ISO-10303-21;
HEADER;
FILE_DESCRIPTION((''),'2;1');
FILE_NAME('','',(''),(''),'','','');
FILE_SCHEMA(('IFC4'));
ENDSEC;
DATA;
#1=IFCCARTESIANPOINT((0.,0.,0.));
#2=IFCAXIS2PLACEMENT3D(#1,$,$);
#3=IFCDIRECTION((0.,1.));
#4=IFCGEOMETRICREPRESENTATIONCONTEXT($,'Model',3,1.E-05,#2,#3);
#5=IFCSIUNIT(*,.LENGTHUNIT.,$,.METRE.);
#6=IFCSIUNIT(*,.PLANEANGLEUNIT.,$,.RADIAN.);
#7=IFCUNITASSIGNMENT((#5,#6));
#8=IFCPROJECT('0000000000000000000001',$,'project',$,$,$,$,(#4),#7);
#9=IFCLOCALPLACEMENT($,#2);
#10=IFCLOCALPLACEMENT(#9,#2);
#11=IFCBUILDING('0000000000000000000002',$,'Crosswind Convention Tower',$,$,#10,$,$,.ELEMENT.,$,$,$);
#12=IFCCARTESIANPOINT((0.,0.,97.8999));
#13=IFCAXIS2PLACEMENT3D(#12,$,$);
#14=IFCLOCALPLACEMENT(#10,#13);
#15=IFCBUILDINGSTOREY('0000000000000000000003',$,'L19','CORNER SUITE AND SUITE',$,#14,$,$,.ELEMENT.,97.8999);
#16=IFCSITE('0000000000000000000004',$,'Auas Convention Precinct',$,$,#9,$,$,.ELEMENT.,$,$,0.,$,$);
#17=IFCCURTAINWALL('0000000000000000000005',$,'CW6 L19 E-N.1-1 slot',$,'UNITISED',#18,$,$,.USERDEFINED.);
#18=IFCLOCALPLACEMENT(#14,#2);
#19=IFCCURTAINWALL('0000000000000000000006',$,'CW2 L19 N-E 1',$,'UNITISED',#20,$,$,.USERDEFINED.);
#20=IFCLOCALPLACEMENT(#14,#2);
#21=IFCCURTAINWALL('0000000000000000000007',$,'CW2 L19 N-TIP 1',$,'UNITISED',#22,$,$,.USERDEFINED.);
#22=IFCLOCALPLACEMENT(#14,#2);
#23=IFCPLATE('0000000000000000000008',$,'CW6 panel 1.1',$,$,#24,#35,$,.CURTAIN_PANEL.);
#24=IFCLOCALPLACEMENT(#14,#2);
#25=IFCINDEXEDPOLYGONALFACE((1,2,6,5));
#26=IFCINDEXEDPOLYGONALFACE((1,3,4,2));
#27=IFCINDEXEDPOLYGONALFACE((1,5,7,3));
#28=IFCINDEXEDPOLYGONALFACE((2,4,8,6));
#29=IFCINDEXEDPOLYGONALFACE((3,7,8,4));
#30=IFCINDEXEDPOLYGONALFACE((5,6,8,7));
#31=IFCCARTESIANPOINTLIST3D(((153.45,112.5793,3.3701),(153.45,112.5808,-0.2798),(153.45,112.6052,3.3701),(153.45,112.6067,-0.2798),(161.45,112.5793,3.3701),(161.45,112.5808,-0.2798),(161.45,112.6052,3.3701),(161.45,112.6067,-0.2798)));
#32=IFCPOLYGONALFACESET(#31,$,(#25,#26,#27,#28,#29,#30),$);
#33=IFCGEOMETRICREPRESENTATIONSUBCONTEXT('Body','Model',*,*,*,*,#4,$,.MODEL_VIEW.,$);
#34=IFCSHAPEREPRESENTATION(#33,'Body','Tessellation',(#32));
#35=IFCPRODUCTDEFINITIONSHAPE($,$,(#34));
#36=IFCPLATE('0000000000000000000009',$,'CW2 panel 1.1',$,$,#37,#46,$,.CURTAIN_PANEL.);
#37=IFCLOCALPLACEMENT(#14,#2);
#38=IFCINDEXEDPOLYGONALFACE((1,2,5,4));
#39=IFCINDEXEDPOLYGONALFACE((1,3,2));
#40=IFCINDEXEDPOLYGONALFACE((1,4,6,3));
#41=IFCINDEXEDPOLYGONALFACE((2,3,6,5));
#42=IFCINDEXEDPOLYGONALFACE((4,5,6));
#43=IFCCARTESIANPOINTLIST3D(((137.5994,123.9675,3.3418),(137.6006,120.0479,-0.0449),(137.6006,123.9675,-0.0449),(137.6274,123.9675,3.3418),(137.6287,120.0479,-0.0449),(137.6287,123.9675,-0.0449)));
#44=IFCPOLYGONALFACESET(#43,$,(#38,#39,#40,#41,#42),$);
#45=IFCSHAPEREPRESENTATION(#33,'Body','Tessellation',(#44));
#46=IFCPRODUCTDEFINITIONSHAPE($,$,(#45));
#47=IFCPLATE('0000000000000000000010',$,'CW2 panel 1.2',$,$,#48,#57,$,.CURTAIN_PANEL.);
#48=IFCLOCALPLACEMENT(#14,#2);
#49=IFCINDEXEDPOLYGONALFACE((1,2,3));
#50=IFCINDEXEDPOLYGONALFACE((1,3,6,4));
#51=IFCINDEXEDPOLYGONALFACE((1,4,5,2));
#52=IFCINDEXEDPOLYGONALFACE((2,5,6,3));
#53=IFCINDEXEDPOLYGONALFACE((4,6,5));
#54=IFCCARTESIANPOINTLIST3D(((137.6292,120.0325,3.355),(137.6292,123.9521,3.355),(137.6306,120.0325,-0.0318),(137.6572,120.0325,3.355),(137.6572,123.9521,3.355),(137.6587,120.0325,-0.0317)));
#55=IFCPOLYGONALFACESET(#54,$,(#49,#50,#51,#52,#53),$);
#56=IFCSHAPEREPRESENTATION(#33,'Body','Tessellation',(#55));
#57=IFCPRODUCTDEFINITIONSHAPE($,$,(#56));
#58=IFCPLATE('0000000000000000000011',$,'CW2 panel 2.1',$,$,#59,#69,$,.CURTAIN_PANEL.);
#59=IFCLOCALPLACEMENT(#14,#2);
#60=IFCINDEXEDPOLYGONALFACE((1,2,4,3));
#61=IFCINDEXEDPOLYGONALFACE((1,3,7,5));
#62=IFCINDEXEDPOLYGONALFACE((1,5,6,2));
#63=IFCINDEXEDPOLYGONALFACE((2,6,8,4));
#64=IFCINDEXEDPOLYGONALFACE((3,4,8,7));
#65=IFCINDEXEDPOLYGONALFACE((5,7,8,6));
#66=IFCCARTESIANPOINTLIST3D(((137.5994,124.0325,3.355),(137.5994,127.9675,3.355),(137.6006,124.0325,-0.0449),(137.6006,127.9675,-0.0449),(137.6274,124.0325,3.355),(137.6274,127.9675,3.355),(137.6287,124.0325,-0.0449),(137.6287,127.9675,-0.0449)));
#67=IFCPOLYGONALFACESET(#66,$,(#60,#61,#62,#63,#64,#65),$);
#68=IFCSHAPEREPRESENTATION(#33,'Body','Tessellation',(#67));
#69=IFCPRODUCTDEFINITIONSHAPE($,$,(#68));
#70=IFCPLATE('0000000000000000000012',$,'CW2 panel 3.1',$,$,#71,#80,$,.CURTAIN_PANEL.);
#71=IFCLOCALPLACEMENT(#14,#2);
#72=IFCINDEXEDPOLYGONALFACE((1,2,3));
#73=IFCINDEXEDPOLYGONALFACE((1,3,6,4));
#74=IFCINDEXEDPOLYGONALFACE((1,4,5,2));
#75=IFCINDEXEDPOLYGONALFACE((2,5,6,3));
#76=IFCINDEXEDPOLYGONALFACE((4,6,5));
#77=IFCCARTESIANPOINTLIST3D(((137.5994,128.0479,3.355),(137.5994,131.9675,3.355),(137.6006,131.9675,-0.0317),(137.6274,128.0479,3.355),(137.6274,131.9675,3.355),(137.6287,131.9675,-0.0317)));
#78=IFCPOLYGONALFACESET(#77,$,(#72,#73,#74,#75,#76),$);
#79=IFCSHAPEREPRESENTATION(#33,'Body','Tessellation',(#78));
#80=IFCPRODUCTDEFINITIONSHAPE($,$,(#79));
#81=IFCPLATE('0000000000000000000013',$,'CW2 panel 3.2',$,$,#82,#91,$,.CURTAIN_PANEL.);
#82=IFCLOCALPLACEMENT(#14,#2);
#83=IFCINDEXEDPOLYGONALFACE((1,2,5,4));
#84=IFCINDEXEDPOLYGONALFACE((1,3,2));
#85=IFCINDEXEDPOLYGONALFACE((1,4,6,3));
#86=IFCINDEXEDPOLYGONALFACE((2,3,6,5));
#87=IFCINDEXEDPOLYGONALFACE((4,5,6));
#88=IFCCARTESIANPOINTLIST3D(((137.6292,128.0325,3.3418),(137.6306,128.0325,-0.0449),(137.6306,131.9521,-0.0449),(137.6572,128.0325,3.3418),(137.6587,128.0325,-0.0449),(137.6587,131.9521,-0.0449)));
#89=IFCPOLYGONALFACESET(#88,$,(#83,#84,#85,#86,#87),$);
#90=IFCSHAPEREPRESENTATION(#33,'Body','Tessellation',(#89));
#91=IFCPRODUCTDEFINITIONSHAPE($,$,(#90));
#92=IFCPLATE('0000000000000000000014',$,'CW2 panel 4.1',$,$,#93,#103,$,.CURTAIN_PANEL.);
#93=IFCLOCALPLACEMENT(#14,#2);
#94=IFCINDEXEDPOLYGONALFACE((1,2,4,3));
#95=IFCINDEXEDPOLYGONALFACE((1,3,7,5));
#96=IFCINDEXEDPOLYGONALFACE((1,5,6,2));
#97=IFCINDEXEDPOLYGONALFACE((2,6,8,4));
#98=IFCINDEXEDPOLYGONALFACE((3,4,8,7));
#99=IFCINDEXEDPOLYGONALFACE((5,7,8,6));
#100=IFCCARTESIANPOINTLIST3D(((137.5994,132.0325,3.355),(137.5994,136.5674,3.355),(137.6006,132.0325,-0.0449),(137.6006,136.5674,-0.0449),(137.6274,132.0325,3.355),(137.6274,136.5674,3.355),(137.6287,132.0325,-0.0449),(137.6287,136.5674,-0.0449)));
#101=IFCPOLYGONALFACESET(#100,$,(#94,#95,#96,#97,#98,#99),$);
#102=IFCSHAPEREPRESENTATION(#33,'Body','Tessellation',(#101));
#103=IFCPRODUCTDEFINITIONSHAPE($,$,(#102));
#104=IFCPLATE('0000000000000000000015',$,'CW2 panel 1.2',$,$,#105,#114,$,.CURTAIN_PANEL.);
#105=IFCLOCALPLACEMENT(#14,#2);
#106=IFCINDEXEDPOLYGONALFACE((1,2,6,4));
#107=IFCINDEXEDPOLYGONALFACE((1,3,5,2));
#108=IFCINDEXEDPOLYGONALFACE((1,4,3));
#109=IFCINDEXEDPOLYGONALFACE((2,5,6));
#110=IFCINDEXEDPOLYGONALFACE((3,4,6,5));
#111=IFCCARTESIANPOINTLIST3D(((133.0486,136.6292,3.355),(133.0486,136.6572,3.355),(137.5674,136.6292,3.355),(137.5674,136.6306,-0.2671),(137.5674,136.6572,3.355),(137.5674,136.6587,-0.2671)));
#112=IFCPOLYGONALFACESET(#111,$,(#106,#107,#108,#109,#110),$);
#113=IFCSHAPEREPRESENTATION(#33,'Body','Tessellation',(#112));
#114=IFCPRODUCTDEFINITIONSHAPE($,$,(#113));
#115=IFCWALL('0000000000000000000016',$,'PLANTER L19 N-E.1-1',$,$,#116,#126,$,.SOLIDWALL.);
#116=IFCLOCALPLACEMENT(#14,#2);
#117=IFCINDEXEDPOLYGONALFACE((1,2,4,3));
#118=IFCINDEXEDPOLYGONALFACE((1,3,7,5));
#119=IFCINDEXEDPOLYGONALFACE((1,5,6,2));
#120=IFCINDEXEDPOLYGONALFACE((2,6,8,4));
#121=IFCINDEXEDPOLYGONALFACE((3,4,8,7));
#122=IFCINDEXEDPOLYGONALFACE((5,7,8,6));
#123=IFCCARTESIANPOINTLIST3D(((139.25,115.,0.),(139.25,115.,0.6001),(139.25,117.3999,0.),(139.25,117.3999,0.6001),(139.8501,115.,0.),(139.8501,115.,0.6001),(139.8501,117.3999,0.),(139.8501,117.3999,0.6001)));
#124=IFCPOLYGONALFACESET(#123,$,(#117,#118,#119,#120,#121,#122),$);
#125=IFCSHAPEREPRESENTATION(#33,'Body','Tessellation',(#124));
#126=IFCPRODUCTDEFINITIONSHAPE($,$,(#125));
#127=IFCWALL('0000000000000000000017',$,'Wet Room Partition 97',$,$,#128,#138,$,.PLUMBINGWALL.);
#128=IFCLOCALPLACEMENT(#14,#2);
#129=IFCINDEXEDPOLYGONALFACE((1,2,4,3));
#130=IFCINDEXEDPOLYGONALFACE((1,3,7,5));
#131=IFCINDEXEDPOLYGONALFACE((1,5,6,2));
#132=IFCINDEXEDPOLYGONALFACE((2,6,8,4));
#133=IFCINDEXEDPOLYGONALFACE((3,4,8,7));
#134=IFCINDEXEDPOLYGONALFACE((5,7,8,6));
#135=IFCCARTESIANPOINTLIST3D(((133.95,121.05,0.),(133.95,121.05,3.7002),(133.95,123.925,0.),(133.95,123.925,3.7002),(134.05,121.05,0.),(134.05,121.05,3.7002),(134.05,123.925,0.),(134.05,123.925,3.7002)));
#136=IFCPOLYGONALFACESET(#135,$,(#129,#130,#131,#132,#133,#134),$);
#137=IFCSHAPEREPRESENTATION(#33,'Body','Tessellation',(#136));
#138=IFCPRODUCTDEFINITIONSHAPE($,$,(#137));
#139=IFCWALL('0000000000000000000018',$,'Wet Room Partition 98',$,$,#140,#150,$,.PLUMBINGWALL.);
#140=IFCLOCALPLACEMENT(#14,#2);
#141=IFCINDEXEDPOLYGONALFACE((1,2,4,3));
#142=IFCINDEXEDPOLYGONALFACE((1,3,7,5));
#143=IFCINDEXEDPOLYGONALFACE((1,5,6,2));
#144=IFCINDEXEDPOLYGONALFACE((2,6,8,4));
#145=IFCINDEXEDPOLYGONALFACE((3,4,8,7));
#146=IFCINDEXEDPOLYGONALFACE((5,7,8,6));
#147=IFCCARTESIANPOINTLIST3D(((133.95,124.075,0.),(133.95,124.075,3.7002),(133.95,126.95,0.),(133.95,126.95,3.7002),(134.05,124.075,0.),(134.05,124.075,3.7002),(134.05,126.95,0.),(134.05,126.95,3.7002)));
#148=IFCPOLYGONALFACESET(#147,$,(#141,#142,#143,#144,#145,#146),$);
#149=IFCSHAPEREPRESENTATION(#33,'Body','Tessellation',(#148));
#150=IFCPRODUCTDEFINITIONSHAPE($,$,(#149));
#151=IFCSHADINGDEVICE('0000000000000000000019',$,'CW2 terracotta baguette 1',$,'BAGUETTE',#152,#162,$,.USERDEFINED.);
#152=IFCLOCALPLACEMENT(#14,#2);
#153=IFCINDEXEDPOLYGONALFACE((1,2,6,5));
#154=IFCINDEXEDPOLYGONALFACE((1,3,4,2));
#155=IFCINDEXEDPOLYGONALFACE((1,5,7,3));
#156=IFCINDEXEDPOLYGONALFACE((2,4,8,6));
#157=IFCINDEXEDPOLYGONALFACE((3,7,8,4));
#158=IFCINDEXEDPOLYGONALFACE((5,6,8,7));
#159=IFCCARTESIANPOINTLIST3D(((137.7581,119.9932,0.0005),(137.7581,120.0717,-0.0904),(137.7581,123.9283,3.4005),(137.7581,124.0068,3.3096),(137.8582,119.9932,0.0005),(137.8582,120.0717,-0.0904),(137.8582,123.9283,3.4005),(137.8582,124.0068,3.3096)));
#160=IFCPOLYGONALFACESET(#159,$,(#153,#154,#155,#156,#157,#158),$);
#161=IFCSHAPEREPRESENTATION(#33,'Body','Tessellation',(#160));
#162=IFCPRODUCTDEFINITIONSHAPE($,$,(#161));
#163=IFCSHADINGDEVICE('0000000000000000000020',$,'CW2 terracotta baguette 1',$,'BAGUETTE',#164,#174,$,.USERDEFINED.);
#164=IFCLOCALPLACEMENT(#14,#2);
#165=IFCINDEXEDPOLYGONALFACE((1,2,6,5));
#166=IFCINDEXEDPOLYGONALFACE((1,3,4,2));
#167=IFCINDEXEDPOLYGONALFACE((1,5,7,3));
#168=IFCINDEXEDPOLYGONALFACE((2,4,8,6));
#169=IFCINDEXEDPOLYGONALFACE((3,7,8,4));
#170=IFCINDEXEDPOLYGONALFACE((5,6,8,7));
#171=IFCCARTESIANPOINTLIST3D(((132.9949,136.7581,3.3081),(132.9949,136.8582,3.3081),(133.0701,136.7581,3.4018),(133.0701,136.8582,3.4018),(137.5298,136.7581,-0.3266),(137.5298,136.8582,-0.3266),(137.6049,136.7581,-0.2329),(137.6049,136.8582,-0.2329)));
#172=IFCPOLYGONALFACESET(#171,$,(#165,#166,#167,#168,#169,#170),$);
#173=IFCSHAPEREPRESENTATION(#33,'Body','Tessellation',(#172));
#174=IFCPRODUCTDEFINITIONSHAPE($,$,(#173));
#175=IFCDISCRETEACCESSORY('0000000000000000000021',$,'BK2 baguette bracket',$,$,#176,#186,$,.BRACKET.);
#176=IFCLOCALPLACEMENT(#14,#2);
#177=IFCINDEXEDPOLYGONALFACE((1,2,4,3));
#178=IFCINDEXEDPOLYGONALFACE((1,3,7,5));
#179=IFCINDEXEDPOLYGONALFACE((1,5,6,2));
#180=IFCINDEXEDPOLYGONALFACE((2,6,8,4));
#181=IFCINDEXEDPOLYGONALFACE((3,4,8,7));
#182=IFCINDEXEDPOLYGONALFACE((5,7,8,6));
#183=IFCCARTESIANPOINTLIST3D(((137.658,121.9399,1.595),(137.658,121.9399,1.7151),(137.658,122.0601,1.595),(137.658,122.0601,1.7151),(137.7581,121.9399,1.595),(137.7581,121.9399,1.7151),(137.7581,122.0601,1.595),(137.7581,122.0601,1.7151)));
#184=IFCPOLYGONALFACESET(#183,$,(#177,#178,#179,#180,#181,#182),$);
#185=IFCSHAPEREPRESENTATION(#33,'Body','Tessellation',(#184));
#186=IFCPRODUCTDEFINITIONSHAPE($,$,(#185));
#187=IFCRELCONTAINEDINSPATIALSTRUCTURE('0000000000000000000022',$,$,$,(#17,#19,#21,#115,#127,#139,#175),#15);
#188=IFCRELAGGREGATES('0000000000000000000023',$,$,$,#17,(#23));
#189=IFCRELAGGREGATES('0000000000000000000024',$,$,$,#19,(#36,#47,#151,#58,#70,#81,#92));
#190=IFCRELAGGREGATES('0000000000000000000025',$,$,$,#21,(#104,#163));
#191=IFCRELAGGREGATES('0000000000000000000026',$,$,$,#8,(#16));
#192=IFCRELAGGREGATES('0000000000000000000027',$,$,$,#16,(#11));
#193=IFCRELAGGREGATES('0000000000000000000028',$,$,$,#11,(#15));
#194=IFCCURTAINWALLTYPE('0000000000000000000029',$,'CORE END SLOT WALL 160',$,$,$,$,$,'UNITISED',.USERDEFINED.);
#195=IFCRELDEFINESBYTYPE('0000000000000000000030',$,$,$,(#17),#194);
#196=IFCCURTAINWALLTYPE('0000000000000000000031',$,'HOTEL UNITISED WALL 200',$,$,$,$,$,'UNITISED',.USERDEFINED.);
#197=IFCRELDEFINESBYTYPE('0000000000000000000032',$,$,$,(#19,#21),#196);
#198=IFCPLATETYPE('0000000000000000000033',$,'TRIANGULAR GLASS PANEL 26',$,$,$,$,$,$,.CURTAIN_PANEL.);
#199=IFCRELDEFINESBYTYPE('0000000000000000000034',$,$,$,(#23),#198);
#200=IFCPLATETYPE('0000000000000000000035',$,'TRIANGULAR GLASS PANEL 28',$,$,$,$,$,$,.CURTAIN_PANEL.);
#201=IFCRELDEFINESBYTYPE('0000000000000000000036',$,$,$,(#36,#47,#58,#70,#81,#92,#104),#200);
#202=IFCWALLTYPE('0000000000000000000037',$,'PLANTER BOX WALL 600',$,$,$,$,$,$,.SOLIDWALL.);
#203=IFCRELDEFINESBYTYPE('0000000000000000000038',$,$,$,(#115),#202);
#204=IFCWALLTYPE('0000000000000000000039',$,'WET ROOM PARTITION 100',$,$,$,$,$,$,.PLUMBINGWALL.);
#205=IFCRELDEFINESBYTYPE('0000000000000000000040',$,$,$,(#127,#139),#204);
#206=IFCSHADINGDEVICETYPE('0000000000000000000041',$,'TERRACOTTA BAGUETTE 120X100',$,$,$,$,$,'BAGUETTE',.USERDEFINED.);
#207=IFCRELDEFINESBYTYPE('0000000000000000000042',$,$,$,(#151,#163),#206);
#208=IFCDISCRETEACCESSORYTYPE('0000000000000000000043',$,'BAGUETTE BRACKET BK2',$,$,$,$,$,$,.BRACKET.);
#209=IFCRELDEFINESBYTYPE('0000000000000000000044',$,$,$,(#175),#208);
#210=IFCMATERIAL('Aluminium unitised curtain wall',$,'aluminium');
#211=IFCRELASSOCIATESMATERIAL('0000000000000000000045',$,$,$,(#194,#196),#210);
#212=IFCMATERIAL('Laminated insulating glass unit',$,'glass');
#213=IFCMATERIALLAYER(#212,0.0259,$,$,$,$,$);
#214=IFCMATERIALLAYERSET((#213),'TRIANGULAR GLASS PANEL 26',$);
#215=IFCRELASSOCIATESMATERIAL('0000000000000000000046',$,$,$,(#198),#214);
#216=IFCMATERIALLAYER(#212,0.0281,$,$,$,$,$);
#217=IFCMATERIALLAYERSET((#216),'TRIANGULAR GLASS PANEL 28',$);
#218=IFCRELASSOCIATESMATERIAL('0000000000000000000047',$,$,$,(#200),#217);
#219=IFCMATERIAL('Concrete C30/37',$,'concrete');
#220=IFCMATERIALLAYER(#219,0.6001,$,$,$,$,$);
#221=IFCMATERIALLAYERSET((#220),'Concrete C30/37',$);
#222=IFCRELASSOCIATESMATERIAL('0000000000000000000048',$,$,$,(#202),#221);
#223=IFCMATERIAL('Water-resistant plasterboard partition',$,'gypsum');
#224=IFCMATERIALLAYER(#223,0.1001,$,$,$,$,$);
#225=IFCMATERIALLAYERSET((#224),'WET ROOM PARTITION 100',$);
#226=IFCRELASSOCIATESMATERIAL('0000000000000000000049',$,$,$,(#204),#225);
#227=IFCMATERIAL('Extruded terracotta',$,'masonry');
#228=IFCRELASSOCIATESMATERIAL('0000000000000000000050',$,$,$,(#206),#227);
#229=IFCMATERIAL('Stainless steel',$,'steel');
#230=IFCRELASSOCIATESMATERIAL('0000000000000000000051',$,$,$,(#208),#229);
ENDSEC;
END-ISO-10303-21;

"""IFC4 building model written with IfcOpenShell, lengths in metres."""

from ifc_helpers import new_model, si_unit, direction, frame, frame_2d, origin, origin_2d, place, context, subcontext, project, spatial, polyline, rectangle, outline, extrude, material, layer, layer_set, material_profile, profile_set, type_object, element, aggregate, save


model = new_model("IFC4")

# Units and contexts
model_context = context("Model", 3, precision=1e-05, world=origin(), true_north=direction((0.0, 1.0)))
body_context = subcontext(model_context, "Body", "Model", "MODEL_VIEW")
ifc_project = project(units=[si_unit("LENGTHUNIT", "METRE"), si_unit("PLANEANGLEUNIT", "RADIAN")], contexts=[model_context])

# Site, building, storey
site_placement = place(None, origin())
site = spatial("IfcSite", under=ifc_project, at=site_placement, Name="Auas Convention Precinct", CompositionType="ELEMENT", RefElevation=0.0)
building_placement = place(site_placement, origin())
building = spatial("IfcBuilding", under=site, at=building_placement, Name="Crosswind Convention Tower", CompositionType="ELEMENT")
storey_placement = place(building_placement, frame((0.0, 0.0, 97.8999)))
storey = spatial("IfcBuildingStorey", under=building, at=storey_placement, Name="L19", Description="CORNER SUITE AND SUITE", CompositionType="ELEMENT", Elevation=97.8999)

# Curtain wall
ifc_material_1 = material(Name="Aluminium unitised curtain wall", Category="aluminium")
curtain_wall_type_1 = type_object("IfcCurtainWallType", Name="CORE END SLOT WALL 160", ElementType="UNITISED", PredefinedType="USERDEFINED", material=ifc_material_1)
curtain_wall_1_placement = place(storey_placement, origin())
curtain_wall_1 = element("IfcCurtainWall", 1, at=curtain_wall_1_placement, inside=storey, type_object=curtain_wall_type_1, Name="CW6 L19 E-N.1-1 slot", ObjectType="UNITISED", PredefinedType="USERDEFINED")
curtain_wall_type_2 = type_object("IfcCurtainWallType", Name="HOTEL UNITISED WALL 200", ElementType="UNITISED", PredefinedType="USERDEFINED", material=ifc_material_1)

# Curtain wall
curtain_wall_2_placement = place(storey_placement, origin())
curtain_wall_2 = element("IfcCurtainWall", 2, at=curtain_wall_2_placement, inside=storey, type_object=curtain_wall_type_2, Name="CW2 L19 N-E 1", ObjectType="UNITISED", PredefinedType="USERDEFINED")

# Curtain wall
curtain_wall_3_placement = place(storey_placement, origin())
curtain_wall_3 = element("IfcCurtainWall", 3, at=curtain_wall_3_placement, inside=storey, type_object=curtain_wall_type_2, Name="CW2 L19 N-TIP 1", ObjectType="UNITISED", PredefinedType="USERDEFINED")

# Plates
ifc_material_2 = material(Name="Laminated insulating glass unit", Category="glass")
ifc_layer_1 = layer(ifc_material_2, 0.0259)
ifc_layer_set_1 = layer_set([ifc_layer_1], Name="TRIANGULAR GLASS PANEL 26")
plate_type_1 = type_object("IfcPlateType", Name="TRIANGULAR GLASS PANEL 26", PredefinedType="CURTAIN_PANEL", material=ifc_layer_set_1)
plate_1_placement = place(storey_placement, frame((161.45, 112.6067, -0.2798), z_axis=(0.0, 1.0, 0.000401), x_axis=(-1.0, 0.0, 0.0)))
plate_1 = element("IfcPlate", 4, at=plate_1_placement, type_object=plate_type_1, Name="CW6 panel 1.1", PredefinedType="CURTAIN_PANEL", context=body_context, shape_type="SweptSolid", body=[
    extrude(outline(polyline([(0.0, 0.0), (8.0, 0.0), (8.0, 3.6499), (0.0, 3.6499), (0.0, 0.0)])), origin(), (0.0, 0.0, -1.0), 0.0259),
])
aggregate(curtain_wall_1, [plate_1])
ifc_layer_2 = layer(ifc_material_2, 0.0281)
ifc_layer_set_2 = layer_set([ifc_layer_2], Name="TRIANGULAR GLASS PANEL 28")
plate_type_2 = type_object("IfcPlateType", Name="TRIANGULAR GLASS PANEL 28", PredefinedType="CURTAIN_PANEL", material=ifc_layer_set_2)
plate_2_placement = place(storey_placement, frame((137.6287, 123.9675, -0.0449), z_axis=(1.0, 0.0, 0.00036), x_axis=(-0.00036, 0.0, 1.0)))
plate_2 = element("IfcPlate", 5, at=plate_2_placement, type_object=plate_type_2, Name="CW2 panel 1.1", PredefinedType="CURTAIN_PANEL", context=body_context, shape_type="SweptSolid", body=[
    extrude(outline(polyline([(0.0, 0.0), (3.3867, 0.0), (0.0, 3.9197), (0.0, 0.0)])), origin(), (0.0, 0.0, -1.0), 0.0281),
])
plate_3_placement = place(storey_placement, frame((137.6572, 120.0325, 3.355), z_axis=(1.0, 0.0, 0.000433), x_axis=(0.000433, 0.0, -1.0)))
plate_3 = element("IfcPlate", 6, at=plate_3_placement, type_object=plate_type_2, Name="CW2 panel 1.2", PredefinedType="CURTAIN_PANEL", context=body_context, shape_type="SweptSolid", body=[
    extrude(outline(polyline([(0.0, 0.0), (3.3867, 0.0), (0.0, 3.9197), (0.0, 0.0)])), origin(), (0.0, 0.0, -1.0), 0.0281),
])
plate_4_placement = place(storey_placement, frame((137.6287, 124.0325, -0.0449), z_axis=(1.0, 0.0, 0.000359), x_axis=(0.0, 1.0, 0.0)))
plate_4 = element("IfcPlate", 7, at=plate_4_placement, type_object=plate_type_2, Name="CW2 panel 2.1", PredefinedType="CURTAIN_PANEL", context=body_context, shape_type="SweptSolid", body=[
    extrude(outline(polyline([(0.0, 0.0), (3.9351, 0.0), (3.9351, 3.3999), (0.0, 3.3999), (0.0, 0.0)])), origin(), (0.0, 0.0, -1.0), 0.0281),
])
plate_5_placement = place(storey_placement, frame((137.6274, 131.9675, 3.355), z_axis=(1.0, 0.0, 0.00036), x_axis=(0.0, -1.0, 0.0)))
plate_5 = element("IfcPlate", 8, at=plate_5_placement, type_object=plate_type_2, Name="CW2 panel 3.1", PredefinedType="CURTAIN_PANEL", context=body_context, shape_type="SweptSolid", body=[
    extrude(outline(polyline([(0.0, 0.0), (3.9197, 0.0), (0.0, 3.3867), (0.0, 0.0)])), origin(), (0.0, 0.0, -1.0), 0.0281),
])
plate_6_placement = place(storey_placement, frame((137.6587, 128.0325, -0.0449), z_axis=(1.0, 0.0, 0.000433), x_axis=(0.0, 1.0, 0.0)))
plate_6 = element("IfcPlate", 9, at=plate_6_placement, type_object=plate_type_2, Name="CW2 panel 3.2", PredefinedType="CURTAIN_PANEL", context=body_context, shape_type="SweptSolid", body=[
    extrude(outline(polyline([(0.0, 0.0), (3.9197, 0.0), (0.0, 3.3867), (0.0, 0.0)])), origin(), (0.0, 0.0, -1.0), 0.0281),
])
plate_7_placement = place(storey_placement, frame((137.6287, 132.0325, -0.0449), z_axis=(1.0, 0.0, 0.000359), x_axis=(0.0, 1.0, 0.0)))
plate_7 = element("IfcPlate", 10, at=plate_7_placement, type_object=plate_type_2, Name="CW2 panel 4.1", PredefinedType="CURTAIN_PANEL", context=body_context, shape_type="SweptSolid", body=[
    extrude(outline(polyline([(0.0, 0.0), (4.5349, 0.0), (4.5349, 3.3999), (0.0, 3.3999), (0.0, 0.0)])), origin(), (0.0, 0.0, -1.0), 0.0281),
])
plate_8_placement = place(storey_placement, frame((137.5674, 136.6572, 3.355), z_axis=(0.0, 1.0, 0.000404), x_axis=(0.0, 0.000404, -1.0)))
plate_8 = element("IfcPlate", 11, at=plate_8_placement, type_object=plate_type_2, Name="CW2 panel 1.2", PredefinedType="CURTAIN_PANEL", context=body_context, shape_type="SweptSolid", body=[
    extrude(outline(polyline([(0.0, 0.0), (3.6221, 0.0), (0.0, 4.5188), (0.0, 0.0)])), origin(), (0.0, 0.0, -1.0), 0.0281),
])

# Walls
ifc_material_3 = material(Name="Concrete C30/37", Category="concrete")
ifc_layer_3 = layer(ifc_material_3, 0.6001)
ifc_layer_set_3 = layer_set([ifc_layer_3], Name="Concrete C30/37")
wall_type_1 = type_object("IfcWallType", Name="PLANTER BOX WALL 600", PredefinedType="SOLIDWALL", material=ifc_layer_set_3)
wall_placement = place(storey_placement, frame((139.55, 115.0, 0.0), z_axis=(0.0, 0.0, 1.0), x_axis=(0.0, 1.0, 0.0)))
element("IfcWall", 12, at=wall_placement, inside=storey, type_object=wall_type_1, Name="PLANTER L19 N-E.1-1", PredefinedType="SOLIDWALL", context=body_context, shape_type="SweptSolid", body=[
    extrude(rectangle(XDim=2.3999, YDim=0.6001, at=frame_2d((1.2, 0.0))), origin(), (0.0, 0.0, 1.0), 0.6001),
])
ifc_material_4 = material(Name="Water-resistant plasterboard partition", Category="gypsum")
ifc_layer_4 = layer(ifc_material_4, 0.1001)
ifc_layer_set_4 = layer_set([ifc_layer_4], Name="WET ROOM PARTITION 100")
wall_type_2 = type_object("IfcWallType", Name="WET ROOM PARTITION 100", PredefinedType="PLUMBINGWALL", material=ifc_layer_set_4)
for number, where, z_axis, x_axis, name in (
    (13, (134.0, 121.05, 0.0), (0.0, 0.0, 1.0), (0.0, 1.0, 0.0), "Wet Room Partition 97"),
    (14, (134.0, 124.075, 0.0), (0.0, 0.0, 1.0), (0.0, 1.0, 0.0), "Wet Room Partition 98"),
):
    element("IfcWall", number, at=place(storey_placement, frame(where, z_axis=z_axis, x_axis=x_axis)), inside=storey, type_object=wall_type_2, Name=name, PredefinedType="PLUMBINGWALL", context=body_context, shape_type="SweptSolid", body=[
        extrude(rectangle(XDim=2.875, YDim=0.1001, at=frame_2d((1.4375, 0.0))), origin(), (0.0, 0.0, 1.0), 3.7002),
    ])

# Shading devices
ifc_material_5 = material(Name="Extruded terracotta", Category="masonry")
ifc_material_profile_1 = material_profile(ifc_material_5, rectangle(XDim=0.1001, YDim=0.1201, at=origin_2d()), Name="TC 100X120")
ifc_profile_set_1 = profile_set([ifc_material_profile_1], Name="Extruded terracotta")
shading_device_type = type_object("IfcShadingDeviceType", Name="TERRACOTTA BAGUETTE 120X100", ElementType="BAGUETTE", PredefinedType="USERDEFINED", material=ifc_profile_set_1)
shading_device_1_placement = place(storey_placement, frame((137.8081, 120.0325, -0.0449), z_axis=(0.0, 0.756686, 0.653779), x_axis=(-1.0, 0.0, 0.0)))
shading_device_1 = element("IfcShadingDevice", 15, at=shading_device_1_placement, type_object=shading_device_type, Name="CW2 terracotta baguette 1", ObjectType="BAGUETTE", PredefinedType="USERDEFINED", context=body_context, shape_type="SweptSolid", body=[
    extrude(rectangle(XDim=0.1001, YDim=0.1201, at=origin_2d()), origin(), (0.0, 0.0, 1.0), 5.2004),
])
aggregate(curtain_wall_2, [plate_2, plate_3, shading_device_1, plate_4, plate_5, plate_6, plate_7])
shading_device_2_placement = place(storey_placement, frame((137.5674, 136.8081, -0.2798), z_axis=(-0.780295, 0.0, 0.625412), x_axis=(0.0, -1.0, 0.0)))
shading_device_2 = element("IfcShadingDevice", 16, at=shading_device_2_placement, type_object=shading_device_type, Name="CW2 terracotta baguette 1", ObjectType="BAGUETTE", PredefinedType="USERDEFINED", context=body_context, shape_type="SweptSolid", body=[
    extrude(rectangle(XDim=0.1001, YDim=0.1201, at=origin_2d()), origin(), (0.0, 0.0, 1.0), 5.8118),
])
aggregate(curtain_wall_3, [plate_8, shading_device_2])

# Discrete accessory
ifc_material_6 = material(Name="Stainless steel", Category="steel")
discrete_accessory_type = type_object("IfcDiscreteAccessoryType", Name="BAGUETTE BRACKET BK2", PredefinedType="BRACKET", material=ifc_material_6)
for number, where, z_axis, x_axis, name in (
    (17, (137.708, 122.0, 1.595), (0.0, 0.0, 1.0), (0.0, 1.0, 0.0), "BK2 baguette bracket"),
):
    element("IfcDiscreteAccessory", number, at=place(storey_placement, frame(where, z_axis=z_axis, x_axis=x_axis)), inside=storey, type_object=discrete_accessory_type, Name=name, PredefinedType="BRACKET", context=body_context, shape_type="SweptSolid", body=[
        extrude(rectangle(XDim=0.1201, YDim=0.1001, at=origin_2d()), origin(), (0.0, 0.0, 1.0), 0.1201),
    ])

save(model, "model.ifc")
